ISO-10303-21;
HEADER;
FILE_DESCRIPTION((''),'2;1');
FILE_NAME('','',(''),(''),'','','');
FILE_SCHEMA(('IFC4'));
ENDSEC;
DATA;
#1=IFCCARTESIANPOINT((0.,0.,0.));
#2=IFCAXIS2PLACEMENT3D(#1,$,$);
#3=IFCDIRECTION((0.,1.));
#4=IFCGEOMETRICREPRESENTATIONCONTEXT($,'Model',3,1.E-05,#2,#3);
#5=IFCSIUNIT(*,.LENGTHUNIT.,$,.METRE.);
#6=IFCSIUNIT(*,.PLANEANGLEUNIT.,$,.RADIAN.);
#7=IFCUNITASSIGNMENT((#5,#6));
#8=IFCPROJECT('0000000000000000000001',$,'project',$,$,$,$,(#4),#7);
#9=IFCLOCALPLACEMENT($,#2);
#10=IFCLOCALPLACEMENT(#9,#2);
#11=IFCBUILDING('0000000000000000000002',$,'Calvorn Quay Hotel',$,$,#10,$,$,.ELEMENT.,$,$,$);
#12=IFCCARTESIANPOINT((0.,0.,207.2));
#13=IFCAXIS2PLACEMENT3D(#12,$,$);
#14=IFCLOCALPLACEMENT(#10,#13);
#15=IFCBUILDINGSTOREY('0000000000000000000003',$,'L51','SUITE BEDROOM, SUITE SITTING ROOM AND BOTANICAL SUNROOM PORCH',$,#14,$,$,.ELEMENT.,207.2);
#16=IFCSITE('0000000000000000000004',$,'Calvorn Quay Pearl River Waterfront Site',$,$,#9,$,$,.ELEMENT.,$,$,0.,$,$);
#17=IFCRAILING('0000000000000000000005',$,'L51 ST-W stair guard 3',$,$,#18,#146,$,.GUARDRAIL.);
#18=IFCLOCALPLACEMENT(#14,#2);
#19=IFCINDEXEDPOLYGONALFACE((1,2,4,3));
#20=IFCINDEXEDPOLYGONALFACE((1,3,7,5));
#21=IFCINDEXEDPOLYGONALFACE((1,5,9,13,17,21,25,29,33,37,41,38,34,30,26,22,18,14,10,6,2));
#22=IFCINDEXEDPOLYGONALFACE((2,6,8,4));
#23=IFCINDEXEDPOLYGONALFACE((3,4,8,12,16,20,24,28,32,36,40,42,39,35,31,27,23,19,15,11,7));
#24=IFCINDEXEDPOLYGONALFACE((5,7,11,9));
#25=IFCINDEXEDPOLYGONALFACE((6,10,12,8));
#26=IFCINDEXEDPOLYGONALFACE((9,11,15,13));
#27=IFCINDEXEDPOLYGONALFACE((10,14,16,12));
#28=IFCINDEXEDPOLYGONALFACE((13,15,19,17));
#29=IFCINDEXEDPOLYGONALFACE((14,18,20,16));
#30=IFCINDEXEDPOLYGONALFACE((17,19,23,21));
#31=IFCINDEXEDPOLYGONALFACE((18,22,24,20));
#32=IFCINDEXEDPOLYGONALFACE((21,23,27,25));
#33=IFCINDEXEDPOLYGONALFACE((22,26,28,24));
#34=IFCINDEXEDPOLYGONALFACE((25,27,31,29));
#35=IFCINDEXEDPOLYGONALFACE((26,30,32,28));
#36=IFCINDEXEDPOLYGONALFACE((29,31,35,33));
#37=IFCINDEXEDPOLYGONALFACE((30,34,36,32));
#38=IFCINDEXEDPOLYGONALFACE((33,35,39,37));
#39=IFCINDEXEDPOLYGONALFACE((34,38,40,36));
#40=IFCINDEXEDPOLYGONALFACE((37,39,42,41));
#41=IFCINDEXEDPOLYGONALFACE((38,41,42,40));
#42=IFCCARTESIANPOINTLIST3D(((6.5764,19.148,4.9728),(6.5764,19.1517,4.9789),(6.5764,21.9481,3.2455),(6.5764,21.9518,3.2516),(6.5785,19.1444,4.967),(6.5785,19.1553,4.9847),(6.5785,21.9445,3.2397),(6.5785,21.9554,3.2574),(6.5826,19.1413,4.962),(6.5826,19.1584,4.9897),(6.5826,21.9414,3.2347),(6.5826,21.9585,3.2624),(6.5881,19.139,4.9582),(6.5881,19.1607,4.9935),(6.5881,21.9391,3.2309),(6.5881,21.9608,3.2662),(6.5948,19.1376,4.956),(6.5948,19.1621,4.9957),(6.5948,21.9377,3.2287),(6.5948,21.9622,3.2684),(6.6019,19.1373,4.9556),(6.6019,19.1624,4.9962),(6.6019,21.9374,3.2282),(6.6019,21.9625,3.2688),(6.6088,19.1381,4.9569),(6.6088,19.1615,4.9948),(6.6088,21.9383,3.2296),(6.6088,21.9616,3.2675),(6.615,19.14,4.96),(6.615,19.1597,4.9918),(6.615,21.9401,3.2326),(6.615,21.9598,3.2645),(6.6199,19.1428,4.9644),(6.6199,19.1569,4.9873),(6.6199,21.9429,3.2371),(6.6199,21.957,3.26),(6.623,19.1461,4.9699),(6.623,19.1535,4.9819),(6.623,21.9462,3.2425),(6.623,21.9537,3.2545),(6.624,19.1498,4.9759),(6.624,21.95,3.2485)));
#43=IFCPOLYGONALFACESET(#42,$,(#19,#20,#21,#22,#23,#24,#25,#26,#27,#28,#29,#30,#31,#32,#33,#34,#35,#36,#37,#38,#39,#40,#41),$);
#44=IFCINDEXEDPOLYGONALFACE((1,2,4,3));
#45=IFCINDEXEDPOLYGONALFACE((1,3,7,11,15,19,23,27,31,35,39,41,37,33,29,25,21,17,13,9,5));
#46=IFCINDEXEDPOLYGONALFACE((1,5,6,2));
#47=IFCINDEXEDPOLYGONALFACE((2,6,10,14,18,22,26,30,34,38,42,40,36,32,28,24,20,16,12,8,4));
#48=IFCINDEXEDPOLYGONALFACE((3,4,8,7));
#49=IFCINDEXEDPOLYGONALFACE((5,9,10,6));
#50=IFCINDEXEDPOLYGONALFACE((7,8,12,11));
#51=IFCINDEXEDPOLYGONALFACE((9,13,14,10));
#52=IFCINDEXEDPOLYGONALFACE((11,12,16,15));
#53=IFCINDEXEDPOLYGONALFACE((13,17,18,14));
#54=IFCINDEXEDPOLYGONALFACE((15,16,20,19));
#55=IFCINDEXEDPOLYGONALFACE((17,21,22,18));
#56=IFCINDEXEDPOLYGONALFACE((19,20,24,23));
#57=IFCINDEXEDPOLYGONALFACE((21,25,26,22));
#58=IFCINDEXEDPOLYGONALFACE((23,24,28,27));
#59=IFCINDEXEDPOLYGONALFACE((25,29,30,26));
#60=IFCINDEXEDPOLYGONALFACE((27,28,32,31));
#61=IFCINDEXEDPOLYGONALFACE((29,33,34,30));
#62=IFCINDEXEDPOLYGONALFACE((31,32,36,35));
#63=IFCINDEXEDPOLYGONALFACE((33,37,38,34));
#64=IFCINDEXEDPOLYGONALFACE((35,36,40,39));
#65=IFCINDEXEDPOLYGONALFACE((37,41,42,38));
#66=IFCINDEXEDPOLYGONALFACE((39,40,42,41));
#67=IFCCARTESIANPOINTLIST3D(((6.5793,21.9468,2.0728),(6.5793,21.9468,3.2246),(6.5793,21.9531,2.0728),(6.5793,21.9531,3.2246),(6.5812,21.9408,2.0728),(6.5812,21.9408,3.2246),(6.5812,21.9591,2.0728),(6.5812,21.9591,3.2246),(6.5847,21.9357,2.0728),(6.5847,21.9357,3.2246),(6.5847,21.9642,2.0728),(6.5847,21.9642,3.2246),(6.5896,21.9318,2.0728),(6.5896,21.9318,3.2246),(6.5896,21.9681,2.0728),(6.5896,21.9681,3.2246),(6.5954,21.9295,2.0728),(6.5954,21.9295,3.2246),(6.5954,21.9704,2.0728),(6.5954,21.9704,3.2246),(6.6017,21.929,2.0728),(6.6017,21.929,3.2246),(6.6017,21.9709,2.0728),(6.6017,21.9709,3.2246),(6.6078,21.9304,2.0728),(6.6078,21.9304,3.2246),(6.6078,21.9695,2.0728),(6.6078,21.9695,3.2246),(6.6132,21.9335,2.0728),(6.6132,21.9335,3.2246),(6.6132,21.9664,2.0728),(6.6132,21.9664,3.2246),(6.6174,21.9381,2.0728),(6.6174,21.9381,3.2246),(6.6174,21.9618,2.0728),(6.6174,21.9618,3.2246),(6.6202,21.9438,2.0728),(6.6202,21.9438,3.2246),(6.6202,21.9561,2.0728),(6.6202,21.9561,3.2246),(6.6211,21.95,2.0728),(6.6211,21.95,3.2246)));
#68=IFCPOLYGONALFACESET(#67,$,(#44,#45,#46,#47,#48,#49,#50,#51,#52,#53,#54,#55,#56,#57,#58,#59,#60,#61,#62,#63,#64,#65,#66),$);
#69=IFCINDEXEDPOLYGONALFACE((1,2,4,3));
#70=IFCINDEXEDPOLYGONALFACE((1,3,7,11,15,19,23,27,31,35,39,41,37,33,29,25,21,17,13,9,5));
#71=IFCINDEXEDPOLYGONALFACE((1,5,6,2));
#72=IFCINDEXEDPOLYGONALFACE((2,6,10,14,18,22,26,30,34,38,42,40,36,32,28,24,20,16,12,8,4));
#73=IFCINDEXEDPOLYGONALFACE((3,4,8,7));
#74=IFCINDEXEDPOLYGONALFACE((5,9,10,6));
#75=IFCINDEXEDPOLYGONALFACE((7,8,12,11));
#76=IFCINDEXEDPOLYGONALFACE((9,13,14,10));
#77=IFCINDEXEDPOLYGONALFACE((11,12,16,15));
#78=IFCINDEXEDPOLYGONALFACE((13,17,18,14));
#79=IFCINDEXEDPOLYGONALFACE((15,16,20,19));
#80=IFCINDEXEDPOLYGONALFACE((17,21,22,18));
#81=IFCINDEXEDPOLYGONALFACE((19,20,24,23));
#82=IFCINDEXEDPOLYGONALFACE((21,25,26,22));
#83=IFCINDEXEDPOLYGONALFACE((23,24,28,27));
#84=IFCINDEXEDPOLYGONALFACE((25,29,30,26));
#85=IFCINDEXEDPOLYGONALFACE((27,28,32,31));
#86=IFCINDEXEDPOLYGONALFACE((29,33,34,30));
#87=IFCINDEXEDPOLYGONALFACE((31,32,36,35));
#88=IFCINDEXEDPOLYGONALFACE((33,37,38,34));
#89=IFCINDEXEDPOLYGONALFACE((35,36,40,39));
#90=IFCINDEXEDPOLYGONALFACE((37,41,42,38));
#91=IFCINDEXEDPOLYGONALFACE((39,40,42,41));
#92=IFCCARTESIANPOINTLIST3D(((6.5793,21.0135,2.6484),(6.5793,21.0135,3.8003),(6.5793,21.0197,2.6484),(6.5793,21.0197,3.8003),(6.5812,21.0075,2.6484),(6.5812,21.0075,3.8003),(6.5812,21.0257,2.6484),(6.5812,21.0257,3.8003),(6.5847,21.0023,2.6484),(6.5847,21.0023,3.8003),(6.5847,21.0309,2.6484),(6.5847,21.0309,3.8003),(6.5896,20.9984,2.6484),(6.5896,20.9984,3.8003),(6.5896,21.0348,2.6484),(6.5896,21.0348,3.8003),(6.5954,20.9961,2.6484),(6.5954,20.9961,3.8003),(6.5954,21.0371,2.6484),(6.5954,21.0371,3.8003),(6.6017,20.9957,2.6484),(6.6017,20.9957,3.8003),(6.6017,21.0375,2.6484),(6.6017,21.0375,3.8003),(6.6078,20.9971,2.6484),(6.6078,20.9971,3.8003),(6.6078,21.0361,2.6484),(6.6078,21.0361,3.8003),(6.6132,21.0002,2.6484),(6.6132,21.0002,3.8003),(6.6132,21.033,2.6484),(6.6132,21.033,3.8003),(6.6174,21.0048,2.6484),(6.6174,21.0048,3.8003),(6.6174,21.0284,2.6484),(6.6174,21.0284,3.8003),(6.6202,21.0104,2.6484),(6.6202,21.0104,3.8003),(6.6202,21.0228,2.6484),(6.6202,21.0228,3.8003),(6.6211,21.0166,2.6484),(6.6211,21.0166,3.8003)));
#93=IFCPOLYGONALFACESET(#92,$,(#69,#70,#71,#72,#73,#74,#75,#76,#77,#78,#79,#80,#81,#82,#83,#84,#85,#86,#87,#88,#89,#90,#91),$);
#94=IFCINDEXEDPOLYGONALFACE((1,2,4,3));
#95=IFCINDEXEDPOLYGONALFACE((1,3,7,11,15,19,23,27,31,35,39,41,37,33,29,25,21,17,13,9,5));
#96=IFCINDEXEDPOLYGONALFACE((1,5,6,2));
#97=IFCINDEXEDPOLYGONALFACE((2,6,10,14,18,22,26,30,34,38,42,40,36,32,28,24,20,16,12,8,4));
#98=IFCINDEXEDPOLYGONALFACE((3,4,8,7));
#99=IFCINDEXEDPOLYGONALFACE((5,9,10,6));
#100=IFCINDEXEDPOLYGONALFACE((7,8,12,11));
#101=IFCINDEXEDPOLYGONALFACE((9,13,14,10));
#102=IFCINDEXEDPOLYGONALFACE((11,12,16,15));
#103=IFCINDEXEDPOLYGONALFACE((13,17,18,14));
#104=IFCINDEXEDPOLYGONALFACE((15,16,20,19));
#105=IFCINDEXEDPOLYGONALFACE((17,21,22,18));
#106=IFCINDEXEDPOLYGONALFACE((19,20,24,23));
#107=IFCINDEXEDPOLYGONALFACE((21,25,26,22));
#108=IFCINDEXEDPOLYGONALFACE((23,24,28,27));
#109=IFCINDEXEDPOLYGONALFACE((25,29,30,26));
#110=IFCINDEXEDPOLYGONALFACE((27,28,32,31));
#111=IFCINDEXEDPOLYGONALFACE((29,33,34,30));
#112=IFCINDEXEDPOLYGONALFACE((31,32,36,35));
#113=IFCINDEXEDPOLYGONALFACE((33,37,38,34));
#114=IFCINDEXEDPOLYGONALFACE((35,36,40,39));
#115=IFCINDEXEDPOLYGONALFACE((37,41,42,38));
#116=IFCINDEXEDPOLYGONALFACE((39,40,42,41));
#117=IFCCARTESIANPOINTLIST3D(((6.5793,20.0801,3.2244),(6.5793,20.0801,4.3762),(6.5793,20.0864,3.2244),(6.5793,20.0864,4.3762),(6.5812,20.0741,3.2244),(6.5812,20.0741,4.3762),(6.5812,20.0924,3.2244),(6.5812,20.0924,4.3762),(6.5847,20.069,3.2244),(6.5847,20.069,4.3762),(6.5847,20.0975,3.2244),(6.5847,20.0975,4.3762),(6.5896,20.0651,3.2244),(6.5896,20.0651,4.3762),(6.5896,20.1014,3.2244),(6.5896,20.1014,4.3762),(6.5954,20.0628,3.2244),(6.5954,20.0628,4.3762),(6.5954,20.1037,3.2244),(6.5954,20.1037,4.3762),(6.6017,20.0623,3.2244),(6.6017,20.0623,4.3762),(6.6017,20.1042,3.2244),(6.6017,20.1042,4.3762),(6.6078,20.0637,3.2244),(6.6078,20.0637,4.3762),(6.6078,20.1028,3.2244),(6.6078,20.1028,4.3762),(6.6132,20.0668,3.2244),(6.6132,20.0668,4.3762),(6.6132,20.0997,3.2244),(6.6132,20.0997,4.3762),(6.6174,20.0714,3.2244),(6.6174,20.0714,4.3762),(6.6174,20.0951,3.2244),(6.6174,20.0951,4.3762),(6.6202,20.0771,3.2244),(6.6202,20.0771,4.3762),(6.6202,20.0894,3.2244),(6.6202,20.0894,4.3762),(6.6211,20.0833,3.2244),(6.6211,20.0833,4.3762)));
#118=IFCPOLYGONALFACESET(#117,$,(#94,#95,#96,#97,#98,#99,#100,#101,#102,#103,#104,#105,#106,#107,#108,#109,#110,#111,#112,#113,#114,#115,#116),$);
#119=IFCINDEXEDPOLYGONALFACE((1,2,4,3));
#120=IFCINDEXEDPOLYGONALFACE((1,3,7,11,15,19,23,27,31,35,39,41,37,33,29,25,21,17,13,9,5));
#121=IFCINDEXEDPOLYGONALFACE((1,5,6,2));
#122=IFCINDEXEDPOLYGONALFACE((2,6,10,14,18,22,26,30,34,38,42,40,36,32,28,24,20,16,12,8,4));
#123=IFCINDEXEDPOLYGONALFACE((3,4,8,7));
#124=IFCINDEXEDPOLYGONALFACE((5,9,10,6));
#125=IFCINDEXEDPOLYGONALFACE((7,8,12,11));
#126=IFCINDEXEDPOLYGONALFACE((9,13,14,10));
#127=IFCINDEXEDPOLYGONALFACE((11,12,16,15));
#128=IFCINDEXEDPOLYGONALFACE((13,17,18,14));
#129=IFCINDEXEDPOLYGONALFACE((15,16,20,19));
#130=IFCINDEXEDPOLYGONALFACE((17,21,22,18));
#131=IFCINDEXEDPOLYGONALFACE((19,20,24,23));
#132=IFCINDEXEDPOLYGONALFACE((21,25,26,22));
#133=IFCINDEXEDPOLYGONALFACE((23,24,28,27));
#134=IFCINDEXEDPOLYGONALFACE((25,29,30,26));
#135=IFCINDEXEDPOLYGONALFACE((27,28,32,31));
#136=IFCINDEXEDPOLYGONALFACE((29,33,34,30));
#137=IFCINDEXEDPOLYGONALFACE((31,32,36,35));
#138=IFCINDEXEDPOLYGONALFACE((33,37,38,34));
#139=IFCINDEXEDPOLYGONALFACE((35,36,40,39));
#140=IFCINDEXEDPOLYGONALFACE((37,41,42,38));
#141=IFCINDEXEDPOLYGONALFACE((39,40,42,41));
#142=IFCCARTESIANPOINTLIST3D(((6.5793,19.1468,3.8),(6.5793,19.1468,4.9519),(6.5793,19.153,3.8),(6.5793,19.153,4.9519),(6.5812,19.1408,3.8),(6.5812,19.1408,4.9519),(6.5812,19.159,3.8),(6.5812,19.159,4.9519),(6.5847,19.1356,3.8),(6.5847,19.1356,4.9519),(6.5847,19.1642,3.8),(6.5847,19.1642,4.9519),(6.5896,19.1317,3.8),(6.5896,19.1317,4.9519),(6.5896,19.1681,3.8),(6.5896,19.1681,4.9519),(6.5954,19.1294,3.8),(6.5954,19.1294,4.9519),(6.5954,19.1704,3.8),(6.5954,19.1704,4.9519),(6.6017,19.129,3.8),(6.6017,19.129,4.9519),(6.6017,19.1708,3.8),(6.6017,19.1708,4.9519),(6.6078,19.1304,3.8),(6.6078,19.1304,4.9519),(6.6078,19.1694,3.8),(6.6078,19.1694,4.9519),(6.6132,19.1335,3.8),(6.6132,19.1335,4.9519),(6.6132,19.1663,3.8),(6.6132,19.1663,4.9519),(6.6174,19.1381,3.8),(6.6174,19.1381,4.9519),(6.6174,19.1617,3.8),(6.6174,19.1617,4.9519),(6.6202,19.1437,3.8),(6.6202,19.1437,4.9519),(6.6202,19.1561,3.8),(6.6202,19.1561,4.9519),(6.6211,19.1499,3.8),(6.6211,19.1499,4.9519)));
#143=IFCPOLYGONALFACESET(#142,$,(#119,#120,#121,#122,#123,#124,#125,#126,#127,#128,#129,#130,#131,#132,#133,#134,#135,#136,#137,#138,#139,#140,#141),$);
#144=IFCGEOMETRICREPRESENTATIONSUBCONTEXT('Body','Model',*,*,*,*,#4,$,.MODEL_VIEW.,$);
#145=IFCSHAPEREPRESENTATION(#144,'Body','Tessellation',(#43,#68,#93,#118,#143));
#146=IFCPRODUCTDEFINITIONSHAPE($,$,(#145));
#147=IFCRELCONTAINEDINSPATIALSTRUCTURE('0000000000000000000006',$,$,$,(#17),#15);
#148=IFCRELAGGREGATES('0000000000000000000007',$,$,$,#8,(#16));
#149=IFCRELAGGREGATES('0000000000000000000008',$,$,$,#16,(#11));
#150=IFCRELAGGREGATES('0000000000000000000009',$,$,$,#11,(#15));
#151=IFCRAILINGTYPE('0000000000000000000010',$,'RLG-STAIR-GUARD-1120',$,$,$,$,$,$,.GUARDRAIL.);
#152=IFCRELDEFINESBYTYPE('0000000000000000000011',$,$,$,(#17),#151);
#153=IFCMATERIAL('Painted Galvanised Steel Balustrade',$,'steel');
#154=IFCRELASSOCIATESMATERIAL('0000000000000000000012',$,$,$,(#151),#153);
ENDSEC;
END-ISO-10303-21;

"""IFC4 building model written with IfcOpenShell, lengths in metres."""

from ifc_helpers import new_model, si_unit, direction, frame, origin, origin_2d, place, context, subcontext, project, spatial, circle, extrude, material, type_object, element, save


model = new_model("IFC4")

# Units and contexts
model_context = context("Model", 3, precision=1e-05, world=origin(), true_north=direction((0.0, 1.0)))
body_context = subcontext(model_context, "Body", "Model", "MODEL_VIEW")
ifc_project = project(units=[si_unit("LENGTHUNIT", "METRE"), si_unit("PLANEANGLEUNIT", "RADIAN")], contexts=[model_context])

# Site, building, storey
site_placement = place(None, origin())
site = spatial("IfcSite", under=ifc_project, at=site_placement, Name="Calvorn Quay Pearl River Waterfront Site", CompositionType="ELEMENT", RefElevation=0.0)
building_placement = place(site_placement, origin())
building = spatial("IfcBuilding", under=site, at=building_placement, Name="Calvorn Quay Hotel", CompositionType="ELEMENT")
storey_placement = place(building_placement, frame((0.0, 0.0, 207.2)))
storey = spatial("IfcBuildingStorey", under=building, at=storey_placement, Name="L51", Description="SUITE BEDROOM, SUITE SITTING ROOM AND BOTANICAL SUNROOM PORCH", CompositionType="ELEMENT", Elevation=207.2)

# Railing
ifc_material_1 = material(Name="Painted Galvanised Steel Balustrade", Category="steel")
railing_type_1 = type_object("IfcRailingType", Name="RLG-STAIR-GUARD-1120", PredefinedType="GUARDRAIL", material=ifc_material_1)
railing_1_placement = place(storey_placement, frame((6.6001, 21.95, 2.0728)))
element("IfcRailing", 1, at=railing_1_placement, inside=storey, type_object=railing_type_1, Name="L51 ST-W stair guard 3", PredefinedType="GUARDRAIL", context=body_context, shape_type="SweptSolid", body=[
    extrude(circle(Radius=0.0239, at=origin_2d()), frame((0.0, 0.0, 1.1758), z_axis=(0.0, -0.85109, 0.52502), x_axis=(1.0, 0.0, 0.0)), (0.0, 0.0, 1.0), 3.29),
    extrude(circle(Radius=0.021, at=origin_2d()), origin(), (0.0, 0.0, 1.0), 1.1519),
    extrude(circle(Radius=0.021, at=origin_2d()), frame((0.0, -0.9333, 0.5757)), (0.0, 0.0, 1.0), 1.1519),
    extrude(circle(Radius=0.021, at=origin_2d()), frame((0.0, -1.8667, 1.1516)), (0.0, 0.0, 1.0), 1.1519),
    extrude(circle(Radius=0.021, at=origin_2d()), frame((0.0, -2.8, 1.7273)), (0.0, 0.0, 1.0), 1.1519),
])

save(model, "model.ifc")
